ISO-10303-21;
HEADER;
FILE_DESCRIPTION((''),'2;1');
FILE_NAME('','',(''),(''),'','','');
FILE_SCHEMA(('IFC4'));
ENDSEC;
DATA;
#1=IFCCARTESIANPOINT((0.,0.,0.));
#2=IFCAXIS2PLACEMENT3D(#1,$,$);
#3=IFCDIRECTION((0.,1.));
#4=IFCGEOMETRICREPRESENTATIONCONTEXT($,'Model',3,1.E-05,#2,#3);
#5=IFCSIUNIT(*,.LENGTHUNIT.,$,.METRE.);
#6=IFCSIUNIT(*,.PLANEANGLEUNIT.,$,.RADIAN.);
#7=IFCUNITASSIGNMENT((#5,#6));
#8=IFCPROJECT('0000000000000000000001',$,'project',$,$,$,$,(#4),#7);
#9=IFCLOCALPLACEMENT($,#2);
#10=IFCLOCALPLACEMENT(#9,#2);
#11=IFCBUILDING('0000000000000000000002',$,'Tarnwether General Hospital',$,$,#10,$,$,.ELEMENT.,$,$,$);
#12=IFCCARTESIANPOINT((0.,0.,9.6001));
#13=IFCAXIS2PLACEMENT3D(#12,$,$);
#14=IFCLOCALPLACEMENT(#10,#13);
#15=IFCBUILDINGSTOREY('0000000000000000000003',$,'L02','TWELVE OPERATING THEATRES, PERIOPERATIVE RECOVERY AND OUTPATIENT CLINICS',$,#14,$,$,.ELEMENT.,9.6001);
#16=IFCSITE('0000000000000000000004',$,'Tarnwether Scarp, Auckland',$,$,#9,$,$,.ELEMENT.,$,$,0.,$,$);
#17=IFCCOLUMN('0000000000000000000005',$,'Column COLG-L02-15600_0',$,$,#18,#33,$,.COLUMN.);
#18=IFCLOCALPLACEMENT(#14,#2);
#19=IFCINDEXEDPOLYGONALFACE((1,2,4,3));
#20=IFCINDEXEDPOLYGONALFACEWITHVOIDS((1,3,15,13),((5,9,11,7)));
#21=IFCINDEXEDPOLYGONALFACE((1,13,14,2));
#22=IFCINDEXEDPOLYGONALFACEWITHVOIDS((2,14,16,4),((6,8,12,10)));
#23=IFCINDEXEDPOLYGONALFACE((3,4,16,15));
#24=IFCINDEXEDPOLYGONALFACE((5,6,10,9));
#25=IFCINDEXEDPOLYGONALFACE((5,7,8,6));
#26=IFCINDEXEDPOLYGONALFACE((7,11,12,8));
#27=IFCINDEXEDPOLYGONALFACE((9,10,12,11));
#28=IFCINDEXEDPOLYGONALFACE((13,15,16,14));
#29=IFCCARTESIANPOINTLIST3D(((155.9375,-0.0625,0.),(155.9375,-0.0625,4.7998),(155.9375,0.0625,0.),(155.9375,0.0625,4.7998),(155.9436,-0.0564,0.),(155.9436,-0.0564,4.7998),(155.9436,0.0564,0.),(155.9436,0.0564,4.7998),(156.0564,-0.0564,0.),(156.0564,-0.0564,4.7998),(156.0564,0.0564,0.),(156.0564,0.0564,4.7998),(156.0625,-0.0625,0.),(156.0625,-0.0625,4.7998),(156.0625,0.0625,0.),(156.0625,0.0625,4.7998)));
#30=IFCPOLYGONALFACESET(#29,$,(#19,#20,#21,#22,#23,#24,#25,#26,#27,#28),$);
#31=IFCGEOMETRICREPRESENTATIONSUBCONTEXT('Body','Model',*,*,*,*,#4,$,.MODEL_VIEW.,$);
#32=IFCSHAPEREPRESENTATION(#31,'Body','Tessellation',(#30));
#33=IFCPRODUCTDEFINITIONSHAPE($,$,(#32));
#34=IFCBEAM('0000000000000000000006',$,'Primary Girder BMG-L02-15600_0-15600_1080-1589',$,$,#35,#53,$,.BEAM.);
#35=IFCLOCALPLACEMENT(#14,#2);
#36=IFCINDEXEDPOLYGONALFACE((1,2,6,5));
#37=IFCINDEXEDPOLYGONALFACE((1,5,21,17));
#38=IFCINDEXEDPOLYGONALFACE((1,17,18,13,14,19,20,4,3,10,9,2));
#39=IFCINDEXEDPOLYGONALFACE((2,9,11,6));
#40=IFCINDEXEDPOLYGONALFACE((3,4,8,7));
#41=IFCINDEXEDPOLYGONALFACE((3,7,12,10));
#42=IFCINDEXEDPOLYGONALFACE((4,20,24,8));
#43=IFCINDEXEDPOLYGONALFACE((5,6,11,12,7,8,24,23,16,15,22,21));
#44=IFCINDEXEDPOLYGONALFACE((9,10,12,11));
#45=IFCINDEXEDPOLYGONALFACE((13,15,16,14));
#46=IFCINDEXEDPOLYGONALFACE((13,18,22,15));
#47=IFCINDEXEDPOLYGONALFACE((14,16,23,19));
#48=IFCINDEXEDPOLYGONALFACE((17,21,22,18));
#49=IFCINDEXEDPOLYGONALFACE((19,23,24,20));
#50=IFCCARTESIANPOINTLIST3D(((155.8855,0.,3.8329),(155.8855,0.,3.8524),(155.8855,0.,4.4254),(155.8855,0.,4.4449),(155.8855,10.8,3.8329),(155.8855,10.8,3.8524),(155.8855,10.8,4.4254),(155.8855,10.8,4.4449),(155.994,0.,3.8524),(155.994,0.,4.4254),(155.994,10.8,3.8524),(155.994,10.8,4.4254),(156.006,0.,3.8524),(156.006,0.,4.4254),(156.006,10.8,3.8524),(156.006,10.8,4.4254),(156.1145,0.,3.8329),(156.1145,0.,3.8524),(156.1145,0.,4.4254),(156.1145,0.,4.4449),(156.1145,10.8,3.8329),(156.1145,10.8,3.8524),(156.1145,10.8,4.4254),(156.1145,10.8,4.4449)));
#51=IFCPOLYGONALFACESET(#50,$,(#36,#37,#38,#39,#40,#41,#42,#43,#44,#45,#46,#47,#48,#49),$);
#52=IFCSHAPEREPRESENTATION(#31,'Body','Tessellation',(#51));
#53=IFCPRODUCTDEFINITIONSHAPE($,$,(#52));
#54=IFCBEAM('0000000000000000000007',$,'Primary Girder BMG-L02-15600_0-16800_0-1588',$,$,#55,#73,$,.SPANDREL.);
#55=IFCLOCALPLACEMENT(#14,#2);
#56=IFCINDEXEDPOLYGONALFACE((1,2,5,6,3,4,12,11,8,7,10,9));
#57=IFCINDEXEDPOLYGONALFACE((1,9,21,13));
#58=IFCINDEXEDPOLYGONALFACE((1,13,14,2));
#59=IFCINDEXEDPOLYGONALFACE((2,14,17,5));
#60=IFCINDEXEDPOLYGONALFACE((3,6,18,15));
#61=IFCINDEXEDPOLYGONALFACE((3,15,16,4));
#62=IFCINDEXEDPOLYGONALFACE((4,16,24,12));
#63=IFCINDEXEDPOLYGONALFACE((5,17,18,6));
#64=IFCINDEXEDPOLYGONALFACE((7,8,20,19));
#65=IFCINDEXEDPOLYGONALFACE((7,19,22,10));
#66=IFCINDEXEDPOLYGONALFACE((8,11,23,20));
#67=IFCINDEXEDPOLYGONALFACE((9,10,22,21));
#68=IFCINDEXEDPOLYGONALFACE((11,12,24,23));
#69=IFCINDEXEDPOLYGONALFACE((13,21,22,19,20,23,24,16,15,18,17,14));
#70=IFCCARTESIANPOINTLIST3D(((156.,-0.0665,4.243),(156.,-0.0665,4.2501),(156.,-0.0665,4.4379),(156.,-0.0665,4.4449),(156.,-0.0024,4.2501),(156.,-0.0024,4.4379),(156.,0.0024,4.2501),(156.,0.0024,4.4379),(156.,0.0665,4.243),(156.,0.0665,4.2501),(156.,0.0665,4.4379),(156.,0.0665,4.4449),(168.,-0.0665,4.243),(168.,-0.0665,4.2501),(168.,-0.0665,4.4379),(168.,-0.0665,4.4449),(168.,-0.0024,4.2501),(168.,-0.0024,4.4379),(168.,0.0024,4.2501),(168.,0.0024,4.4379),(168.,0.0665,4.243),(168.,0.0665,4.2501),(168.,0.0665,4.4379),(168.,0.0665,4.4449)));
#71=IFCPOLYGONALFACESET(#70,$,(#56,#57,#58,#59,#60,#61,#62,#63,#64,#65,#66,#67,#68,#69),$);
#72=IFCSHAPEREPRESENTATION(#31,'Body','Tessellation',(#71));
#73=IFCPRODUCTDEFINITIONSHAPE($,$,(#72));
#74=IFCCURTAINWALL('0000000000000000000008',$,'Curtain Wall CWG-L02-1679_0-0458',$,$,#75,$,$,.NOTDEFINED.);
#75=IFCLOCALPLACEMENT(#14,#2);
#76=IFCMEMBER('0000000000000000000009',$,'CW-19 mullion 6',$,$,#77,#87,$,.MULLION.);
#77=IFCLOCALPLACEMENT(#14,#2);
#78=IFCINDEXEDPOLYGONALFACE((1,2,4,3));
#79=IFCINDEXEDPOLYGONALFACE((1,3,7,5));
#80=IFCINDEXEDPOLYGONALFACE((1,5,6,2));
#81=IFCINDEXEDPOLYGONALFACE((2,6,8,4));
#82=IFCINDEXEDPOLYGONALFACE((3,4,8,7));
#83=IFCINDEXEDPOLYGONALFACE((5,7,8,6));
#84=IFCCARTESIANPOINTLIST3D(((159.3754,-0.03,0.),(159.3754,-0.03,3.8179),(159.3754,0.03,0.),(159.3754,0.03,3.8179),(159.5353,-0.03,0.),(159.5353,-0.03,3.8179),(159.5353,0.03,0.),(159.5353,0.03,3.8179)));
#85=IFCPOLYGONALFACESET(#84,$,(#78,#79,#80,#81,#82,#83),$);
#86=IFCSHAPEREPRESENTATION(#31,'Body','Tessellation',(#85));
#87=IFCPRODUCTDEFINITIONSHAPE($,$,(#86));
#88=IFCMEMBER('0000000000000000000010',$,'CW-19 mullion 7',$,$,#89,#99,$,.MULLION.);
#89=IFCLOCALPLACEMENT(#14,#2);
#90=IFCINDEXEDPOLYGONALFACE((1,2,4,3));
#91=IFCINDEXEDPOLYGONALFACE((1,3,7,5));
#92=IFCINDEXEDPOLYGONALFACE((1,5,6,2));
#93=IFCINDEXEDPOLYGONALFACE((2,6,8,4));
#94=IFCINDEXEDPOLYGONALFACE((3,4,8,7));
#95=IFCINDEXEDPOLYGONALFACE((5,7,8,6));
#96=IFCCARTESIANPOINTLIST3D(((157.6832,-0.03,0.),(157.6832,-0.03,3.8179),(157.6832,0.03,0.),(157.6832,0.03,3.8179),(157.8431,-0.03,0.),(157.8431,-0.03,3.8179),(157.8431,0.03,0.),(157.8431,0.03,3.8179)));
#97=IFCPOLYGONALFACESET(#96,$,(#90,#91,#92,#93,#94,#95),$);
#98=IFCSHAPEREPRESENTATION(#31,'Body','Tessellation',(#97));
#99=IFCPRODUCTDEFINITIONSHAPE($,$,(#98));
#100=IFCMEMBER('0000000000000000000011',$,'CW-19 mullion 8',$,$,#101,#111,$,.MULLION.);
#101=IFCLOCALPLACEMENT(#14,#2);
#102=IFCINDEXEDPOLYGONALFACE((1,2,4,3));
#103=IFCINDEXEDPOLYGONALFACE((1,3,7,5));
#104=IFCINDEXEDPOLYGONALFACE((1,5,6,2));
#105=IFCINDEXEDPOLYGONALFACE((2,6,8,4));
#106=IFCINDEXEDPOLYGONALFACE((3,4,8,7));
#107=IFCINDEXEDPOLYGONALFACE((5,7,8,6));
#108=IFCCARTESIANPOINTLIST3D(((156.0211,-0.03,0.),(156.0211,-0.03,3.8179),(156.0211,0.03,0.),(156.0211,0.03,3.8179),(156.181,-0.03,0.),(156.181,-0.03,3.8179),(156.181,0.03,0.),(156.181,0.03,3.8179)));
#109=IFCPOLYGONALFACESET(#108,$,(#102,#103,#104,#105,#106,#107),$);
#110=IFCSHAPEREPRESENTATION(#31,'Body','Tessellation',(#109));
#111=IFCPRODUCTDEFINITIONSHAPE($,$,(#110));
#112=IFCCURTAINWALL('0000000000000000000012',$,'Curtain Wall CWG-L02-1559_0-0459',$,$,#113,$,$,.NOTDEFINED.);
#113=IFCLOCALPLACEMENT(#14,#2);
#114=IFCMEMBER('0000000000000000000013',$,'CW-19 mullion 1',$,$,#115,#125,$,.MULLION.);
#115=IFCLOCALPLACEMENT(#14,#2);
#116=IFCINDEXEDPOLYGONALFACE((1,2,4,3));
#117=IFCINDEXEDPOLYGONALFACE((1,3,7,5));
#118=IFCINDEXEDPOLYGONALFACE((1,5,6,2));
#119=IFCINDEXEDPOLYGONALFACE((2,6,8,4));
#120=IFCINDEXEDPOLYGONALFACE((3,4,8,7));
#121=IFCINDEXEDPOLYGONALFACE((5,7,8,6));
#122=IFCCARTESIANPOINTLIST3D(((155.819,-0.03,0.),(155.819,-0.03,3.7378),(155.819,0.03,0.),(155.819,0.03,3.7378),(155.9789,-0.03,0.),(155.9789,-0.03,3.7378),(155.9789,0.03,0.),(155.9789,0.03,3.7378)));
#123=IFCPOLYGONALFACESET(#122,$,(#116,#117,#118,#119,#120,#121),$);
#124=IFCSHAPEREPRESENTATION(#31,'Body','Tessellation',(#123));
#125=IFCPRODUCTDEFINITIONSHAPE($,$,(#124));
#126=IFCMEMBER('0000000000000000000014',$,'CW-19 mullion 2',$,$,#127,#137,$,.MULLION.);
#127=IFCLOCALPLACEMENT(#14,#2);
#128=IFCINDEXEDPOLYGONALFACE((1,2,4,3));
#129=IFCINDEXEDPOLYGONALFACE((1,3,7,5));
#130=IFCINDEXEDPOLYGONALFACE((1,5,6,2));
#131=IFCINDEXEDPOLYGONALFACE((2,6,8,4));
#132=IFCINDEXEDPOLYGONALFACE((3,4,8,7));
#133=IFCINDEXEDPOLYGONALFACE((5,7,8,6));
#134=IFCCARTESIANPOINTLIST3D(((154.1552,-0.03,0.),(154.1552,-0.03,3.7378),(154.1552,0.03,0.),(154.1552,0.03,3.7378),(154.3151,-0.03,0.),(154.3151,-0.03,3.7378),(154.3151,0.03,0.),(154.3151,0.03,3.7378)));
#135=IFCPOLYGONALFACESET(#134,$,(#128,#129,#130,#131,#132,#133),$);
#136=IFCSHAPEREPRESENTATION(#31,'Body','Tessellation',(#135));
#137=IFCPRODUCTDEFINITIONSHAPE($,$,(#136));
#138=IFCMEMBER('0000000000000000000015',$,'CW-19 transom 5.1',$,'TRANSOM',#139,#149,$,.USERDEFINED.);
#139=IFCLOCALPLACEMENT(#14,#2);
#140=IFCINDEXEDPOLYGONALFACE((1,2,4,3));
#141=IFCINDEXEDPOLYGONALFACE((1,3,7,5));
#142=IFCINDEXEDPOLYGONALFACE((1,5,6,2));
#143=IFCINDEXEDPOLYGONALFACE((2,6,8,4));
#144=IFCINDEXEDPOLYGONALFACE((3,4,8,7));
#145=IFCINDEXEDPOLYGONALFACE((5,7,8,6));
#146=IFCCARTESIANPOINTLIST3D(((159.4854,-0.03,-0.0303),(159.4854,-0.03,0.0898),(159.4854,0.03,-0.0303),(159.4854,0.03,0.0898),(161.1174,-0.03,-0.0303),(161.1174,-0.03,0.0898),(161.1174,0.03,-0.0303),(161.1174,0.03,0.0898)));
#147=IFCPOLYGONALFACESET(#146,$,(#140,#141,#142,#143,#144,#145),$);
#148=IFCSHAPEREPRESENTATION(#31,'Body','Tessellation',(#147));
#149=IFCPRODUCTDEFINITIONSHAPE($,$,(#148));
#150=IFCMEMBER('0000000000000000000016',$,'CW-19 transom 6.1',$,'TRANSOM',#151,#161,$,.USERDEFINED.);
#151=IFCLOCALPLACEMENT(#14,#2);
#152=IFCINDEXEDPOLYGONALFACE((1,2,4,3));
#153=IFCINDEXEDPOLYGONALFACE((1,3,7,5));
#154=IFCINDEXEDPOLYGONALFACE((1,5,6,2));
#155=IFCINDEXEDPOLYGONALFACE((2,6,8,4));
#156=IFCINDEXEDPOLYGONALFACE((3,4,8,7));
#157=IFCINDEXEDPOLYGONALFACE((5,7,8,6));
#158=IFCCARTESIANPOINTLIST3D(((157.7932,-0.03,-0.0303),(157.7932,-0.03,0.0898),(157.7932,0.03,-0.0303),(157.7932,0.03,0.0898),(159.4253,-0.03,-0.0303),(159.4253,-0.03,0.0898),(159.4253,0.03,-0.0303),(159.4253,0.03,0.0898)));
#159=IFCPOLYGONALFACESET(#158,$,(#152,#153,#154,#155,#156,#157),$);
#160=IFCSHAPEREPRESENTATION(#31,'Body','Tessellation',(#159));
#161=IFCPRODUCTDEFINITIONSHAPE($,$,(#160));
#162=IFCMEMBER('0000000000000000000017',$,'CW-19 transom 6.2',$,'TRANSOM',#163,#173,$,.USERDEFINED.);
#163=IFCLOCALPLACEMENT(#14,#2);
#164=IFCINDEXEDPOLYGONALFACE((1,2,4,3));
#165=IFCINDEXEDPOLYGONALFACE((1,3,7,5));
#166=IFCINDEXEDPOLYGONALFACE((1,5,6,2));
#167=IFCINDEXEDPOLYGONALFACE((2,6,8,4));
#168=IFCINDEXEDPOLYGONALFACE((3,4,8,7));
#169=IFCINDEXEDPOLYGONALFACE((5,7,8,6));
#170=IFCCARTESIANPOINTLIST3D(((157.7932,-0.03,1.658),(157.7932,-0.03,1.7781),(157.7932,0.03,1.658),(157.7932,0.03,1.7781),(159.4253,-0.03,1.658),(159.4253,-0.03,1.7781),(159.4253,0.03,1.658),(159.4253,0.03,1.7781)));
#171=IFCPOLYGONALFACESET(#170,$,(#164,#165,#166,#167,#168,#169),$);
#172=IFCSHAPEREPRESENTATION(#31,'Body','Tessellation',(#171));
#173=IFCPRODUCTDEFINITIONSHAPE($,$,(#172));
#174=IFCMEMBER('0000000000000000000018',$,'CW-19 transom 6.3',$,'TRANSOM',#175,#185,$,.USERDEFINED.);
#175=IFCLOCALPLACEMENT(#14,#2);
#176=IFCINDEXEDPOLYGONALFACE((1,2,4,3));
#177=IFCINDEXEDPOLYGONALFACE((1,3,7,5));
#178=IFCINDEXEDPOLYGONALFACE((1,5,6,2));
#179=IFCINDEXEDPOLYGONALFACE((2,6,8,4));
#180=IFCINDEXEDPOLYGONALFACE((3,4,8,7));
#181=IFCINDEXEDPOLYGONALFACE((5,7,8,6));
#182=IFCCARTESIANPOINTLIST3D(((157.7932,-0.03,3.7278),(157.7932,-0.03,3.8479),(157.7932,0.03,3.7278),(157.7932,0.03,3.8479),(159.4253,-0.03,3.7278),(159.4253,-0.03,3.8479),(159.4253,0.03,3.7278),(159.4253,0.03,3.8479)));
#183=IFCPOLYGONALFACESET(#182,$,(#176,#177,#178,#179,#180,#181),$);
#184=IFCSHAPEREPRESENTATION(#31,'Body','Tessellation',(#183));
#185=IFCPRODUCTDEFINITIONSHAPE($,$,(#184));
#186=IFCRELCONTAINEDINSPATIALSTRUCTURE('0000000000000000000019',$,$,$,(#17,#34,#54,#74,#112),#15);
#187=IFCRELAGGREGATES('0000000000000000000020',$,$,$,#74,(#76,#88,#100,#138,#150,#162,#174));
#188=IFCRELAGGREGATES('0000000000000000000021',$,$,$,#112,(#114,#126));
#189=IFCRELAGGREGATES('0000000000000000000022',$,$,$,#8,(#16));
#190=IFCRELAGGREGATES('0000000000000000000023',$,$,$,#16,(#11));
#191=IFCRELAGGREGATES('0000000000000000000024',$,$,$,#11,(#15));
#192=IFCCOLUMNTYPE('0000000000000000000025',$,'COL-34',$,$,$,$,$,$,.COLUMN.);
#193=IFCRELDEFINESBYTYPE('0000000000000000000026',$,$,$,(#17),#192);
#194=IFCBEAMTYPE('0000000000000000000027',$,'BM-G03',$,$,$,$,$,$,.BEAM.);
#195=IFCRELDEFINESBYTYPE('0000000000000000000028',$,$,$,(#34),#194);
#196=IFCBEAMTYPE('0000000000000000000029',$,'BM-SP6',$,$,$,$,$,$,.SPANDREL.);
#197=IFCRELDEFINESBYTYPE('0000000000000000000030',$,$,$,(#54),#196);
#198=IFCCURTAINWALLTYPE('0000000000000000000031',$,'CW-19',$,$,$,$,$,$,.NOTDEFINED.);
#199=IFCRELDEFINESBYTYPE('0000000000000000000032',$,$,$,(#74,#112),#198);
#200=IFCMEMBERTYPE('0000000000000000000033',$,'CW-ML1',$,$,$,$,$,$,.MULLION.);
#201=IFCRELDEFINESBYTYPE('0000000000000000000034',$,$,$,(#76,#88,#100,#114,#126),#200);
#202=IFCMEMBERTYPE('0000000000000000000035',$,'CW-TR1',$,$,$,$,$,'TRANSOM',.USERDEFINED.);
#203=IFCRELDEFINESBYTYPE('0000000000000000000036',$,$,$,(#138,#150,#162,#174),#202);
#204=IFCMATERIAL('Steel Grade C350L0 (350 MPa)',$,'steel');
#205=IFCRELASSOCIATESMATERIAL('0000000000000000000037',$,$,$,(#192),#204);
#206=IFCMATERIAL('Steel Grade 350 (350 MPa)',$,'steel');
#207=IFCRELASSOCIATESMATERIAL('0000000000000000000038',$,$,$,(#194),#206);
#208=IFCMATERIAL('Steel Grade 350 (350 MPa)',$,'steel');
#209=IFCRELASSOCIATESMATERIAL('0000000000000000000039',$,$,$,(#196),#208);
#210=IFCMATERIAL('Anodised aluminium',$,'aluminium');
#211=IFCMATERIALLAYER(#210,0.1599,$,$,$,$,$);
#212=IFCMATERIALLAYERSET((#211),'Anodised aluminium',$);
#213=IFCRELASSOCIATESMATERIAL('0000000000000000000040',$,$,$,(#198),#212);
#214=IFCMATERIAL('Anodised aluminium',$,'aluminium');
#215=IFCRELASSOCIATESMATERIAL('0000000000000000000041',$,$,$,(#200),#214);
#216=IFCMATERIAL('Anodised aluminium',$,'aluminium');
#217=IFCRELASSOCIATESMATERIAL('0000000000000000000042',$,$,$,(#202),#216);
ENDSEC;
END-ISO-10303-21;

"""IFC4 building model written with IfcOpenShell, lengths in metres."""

from ifc_helpers import new_model, si_unit, direction, frame, origin, origin_2d, place, context, subcontext, project, spatial, rectangle, hollow_rectangle, i_section, extrude, material, layer, layer_set, material_profile, profile_set, type_object, element, aggregate, save


model = new_model("IFC4")

# Units and contexts
model_context = context("Model", 3, precision=1e-05, world=origin(), true_north=direction((0.0, 1.0)))
body_context = subcontext(model_context, "Body", "Model", "MODEL_VIEW")
ifc_project = project(units=[si_unit("LENGTHUNIT", "METRE"), si_unit("PLANEANGLEUNIT", "RADIAN")], contexts=[model_context])

# Site, building, storey
site_placement = place(None, origin())
site = spatial("IfcSite", under=ifc_project, at=site_placement, Name="Tarnwether Scarp, Auckland", CompositionType="ELEMENT", RefElevation=0.0)
building_placement = place(site_placement, origin())
building = spatial("IfcBuilding", under=site, at=building_placement, Name="Tarnwether General Hospital", CompositionType="ELEMENT")
storey_placement = place(building_placement, frame((0.0, 0.0, 9.6001)))
storey = spatial("IfcBuildingStorey", under=building, at=storey_placement, Name="L02", Description="TWELVE OPERATING THEATRES, PERIOPERATIVE RECOVERY AND OUTPATIENT CLINICS", CompositionType="ELEMENT", Elevation=9.6001)

# Column
ifc_material_1 = material(Name="Steel Grade C350L0 (350 MPa)", Category="steel")
ifc_material_profile_1 = material_profile(ifc_material_1, hollow_rectangle(XDim=0.125, YDim=0.125, WallThickness=0.0061, at=origin_2d()), Name="SHS125x125x6")
ifc_profile_set_1 = profile_set([ifc_material_profile_1], Name="Steel Grade C350L0 (350 MPa)")
column_type = type_object("IfcColumnType", Name="COL-34", PredefinedType="COLUMN", material=ifc_profile_set_1)
column_placement = place(storey_placement, frame((156.0, 0.0, 0.0), z_axis=(0.0, 0.0, 1.0), x_axis=(0.0, 1.0, 0.0)))
element("IfcColumn", 1, at=column_placement, inside=storey, type_object=column_type, Name="Column COLG-L02-15600_0", PredefinedType="COLUMN", context=body_context, shape_type="SweptSolid", body=[
    extrude(hollow_rectangle(XDim=0.125, YDim=0.125, WallThickness=0.0061, at=origin_2d()), origin(), (0.0, 0.0, 1.0), 4.7998),
])

# Beams
ifc_material_2 = material(Name="Steel Grade 350 (350 MPa)", Category="steel")
ifc_material_profile_2 = material_profile(ifc_material_2, i_section(OverallWidth=0.229, OverallDepth=0.6121, WebThickness=0.012, FlangeThickness=0.0195, at=origin_2d()), Name="610UB125")
ifc_profile_set_2 = profile_set([ifc_material_profile_2], Name="Steel Grade 350 (350 MPa)")
beam_type_1 = type_object("IfcBeamType", Name="BM-G03", PredefinedType="BEAM", material=ifc_profile_set_2)
beam_1_placement = place(storey_placement, frame((156.0, 0.0, 4.1389), z_axis=(0.0, 1.0, 0.0), x_axis=(-1.0, 0.0, 0.0)))
element("IfcBeam", 2, at=beam_1_placement, inside=storey, type_object=beam_type_1, Name="Primary Girder BMG-L02-15600_0-15600_1080-1589", PredefinedType="BEAM", context=body_context, shape_type="SweptSolid", body=[
    extrude(i_section(OverallWidth=0.229, OverallDepth=0.6121, WebThickness=0.012, FlangeThickness=0.0195, at=origin_2d()), origin(), (0.0, 0.0, 1.0), 10.8),
])
ifc_material_3 = material(Name="Steel Grade 350 (350 MPa)", Category="steel")
ifc_material_profile_3 = material_profile(ifc_material_3, i_section(OverallWidth=0.1331, OverallDepth=0.2019, WebThickness=0.0049, FlangeThickness=0.0071, at=origin_2d()), Name="200UB22.3")
ifc_profile_set_3 = profile_set([ifc_material_profile_3], Name="Steel Grade 350 (350 MPa)")
beam_type_2 = type_object("IfcBeamType", Name="BM-SP6", PredefinedType="SPANDREL", material=ifc_profile_set_3)
beam_2_placement = place(storey_placement, frame((156.0, 0.0, 4.344), z_axis=(1.0, 0.0, 0.0), x_axis=(0.0, 1.0, 0.0)))
element("IfcBeam", 3, at=beam_2_placement, inside=storey, type_object=beam_type_2, Name="Primary Girder BMG-L02-15600_0-16800_0-1588", PredefinedType="SPANDREL", context=body_context, shape_type="SweptSolid", body=[
    extrude(i_section(OverallWidth=0.1331, OverallDepth=0.2019, WebThickness=0.0049, FlangeThickness=0.0071, at=origin_2d()), origin(), (0.0, 0.0, 1.0), 12.0),
])

# Curtain walls, members
ifc_material_4 = material(Name="Anodised aluminium", Category="aluminium")
ifc_layer_1 = layer(ifc_material_4, 0.1599)
ifc_layer_set_1 = layer_set([ifc_layer_1], Name="Anodised aluminium")
curtain_wall_type = type_object("IfcCurtainWallType", Name="CW-19", PredefinedType="NOTDEFINED", material=ifc_layer_set_1)
curtain_wall_1_placement = place(storey_placement, origin())
curtain_wall_1 = element("IfcCurtainWall", 4, at=curtain_wall_1_placement, inside=storey, type_object=curtain_wall_type, Name="Curtain Wall CWG-L02-1679_0-0458", PredefinedType="NOTDEFINED")
ifc_material_5 = material(Name="Anodised aluminium", Category="aluminium")
ifc_material_profile_4 = material_profile(ifc_material_5, rectangle(XDim=0.0601, YDim=0.1599, at=origin_2d()), Name="ALU-MUL-60x160")
ifc_profile_set_4 = profile_set([ifc_material_profile_4], Name="Anodised aluminium")
member_type_1 = type_object("IfcMemberType", Name="CW-ML1", PredefinedType="MULLION", material=ifc_profile_set_4)
member_1_placement = place(storey_placement, frame((159.4553, 0.0, 0.0), z_axis=(0.0, 0.0, 1.0), x_axis=(0.0, -1.0, 0.0)))
member_1 = element("IfcMember", 5, at=member_1_placement, type_object=member_type_1, Name="CW-19 mullion 6", PredefinedType="MULLION", context=body_context, shape_type="SweptSolid", body=[
    extrude(rectangle(XDim=0.0601, YDim=0.1599, at=origin_2d()), origin(), (0.0, 0.0, 1.0), 3.8179),
])
member_2_placement = place(storey_placement, frame((157.7632, 0.0, 0.0), z_axis=(0.0, 0.0, 1.0), x_axis=(0.0, -1.0, 0.0)))
member_2 = element("IfcMember", 6, at=member_2_placement, type_object=member_type_1, Name="CW-19 mullion 7", PredefinedType="MULLION", context=body_context, shape_type="SweptSolid", body=[
    extrude(rectangle(XDim=0.0601, YDim=0.1599, at=origin_2d()), origin(), (0.0, 0.0, 1.0), 3.8179),
])
member_3_placement = place(storey_placement, frame((156.1011, 0.0, 0.0), z_axis=(0.0, 0.0, 1.0), x_axis=(0.0, -1.0, 0.0)))
member_3 = element("IfcMember", 7, at=member_3_placement, type_object=member_type_1, Name="CW-19 mullion 8", PredefinedType="MULLION", context=body_context, shape_type="SweptSolid", body=[
    extrude(rectangle(XDim=0.0601, YDim=0.1599, at=origin_2d()), origin(), (0.0, 0.0, 1.0), 3.8179),
])
curtain_wall_2_placement = place(storey_placement, origin())
curtain_wall_2 = element("IfcCurtainWall", 8, at=curtain_wall_2_placement, inside=storey, type_object=curtain_wall_type, Name="Curtain Wall CWG-L02-1559_0-0459", PredefinedType="NOTDEFINED")
member_4_placement = place(storey_placement, frame((155.8989, 0.0, 0.0), z_axis=(0.0, 0.0, 1.0), x_axis=(0.0, -1.0, 0.0)))
member_4 = element("IfcMember", 9, at=member_4_placement, type_object=member_type_1, Name="CW-19 mullion 1", PredefinedType="MULLION", context=body_context, shape_type="SweptSolid", body=[
    extrude(rectangle(XDim=0.0601, YDim=0.1599, at=origin_2d()), origin(), (0.0, 0.0, 1.0), 3.7378),
])
member_5_placement = place(storey_placement, frame((154.2351, 0.0, 0.0), z_axis=(0.0, 0.0, 1.0), x_axis=(0.0, -1.0, 0.0)))
member_5 = element("IfcMember", 10, at=member_5_placement, type_object=member_type_1, Name="CW-19 mullion 2", PredefinedType="MULLION", context=body_context, shape_type="SweptSolid", body=[
    extrude(rectangle(XDim=0.0601, YDim=0.1599, at=origin_2d()), origin(), (0.0, 0.0, 1.0), 3.7378),
])

# Members
ifc_material_6 = material(Name="Anodised aluminium", Category="aluminium")
ifc_material_profile_5 = material_profile(ifc_material_6, rectangle(XDim=0.0601, YDim=0.1201, at=origin_2d()), Name="ALU-TRN-60x120")
ifc_profile_set_5 = profile_set([ifc_material_profile_5], Name="Anodised aluminium")
member_type_2 = type_object("IfcMemberType", Name="CW-TR1", ElementType="TRANSOM", PredefinedType="USERDEFINED", material=ifc_profile_set_5)
member_6_placement = place(storey_placement, frame((161.1174, 0.0, 0.0298), z_axis=(-1.0, 0.0, 0.0), x_axis=(0.0, -1.0, 0.0)))
member_6 = element("IfcMember", 11, at=member_6_placement, type_object=member_type_2, Name="CW-19 transom 5.1", ObjectType="TRANSOM", PredefinedType="USERDEFINED", context=body_context, shape_type="SweptSolid", body=[
    extrude(rectangle(XDim=0.0601, YDim=0.1201, at=origin_2d()), origin(), (0.0, 0.0, 1.0), 1.6321),
])
member_7_placement = place(storey_placement, frame((159.4253, 0.0, 0.0298), z_axis=(-1.0, 0.0, 0.0), x_axis=(0.0, -1.0, 0.0)))
member_7 = element("IfcMember", 12, at=member_7_placement, type_object=member_type_2, Name="CW-19 transom 6.1", ObjectType="TRANSOM", PredefinedType="USERDEFINED", context=body_context, shape_type="SweptSolid", body=[
    extrude(rectangle(XDim=0.0601, YDim=0.1201, at=origin_2d()), origin(), (0.0, 0.0, 1.0), 1.6321),
])
member_8_placement = place(storey_placement, frame((159.4253, 0.0, 1.718), z_axis=(-1.0, 0.0, 0.0), x_axis=(0.0, -1.0, 0.0)))
member_8 = element("IfcMember", 13, at=member_8_placement, type_object=member_type_2, Name="CW-19 transom 6.2", ObjectType="TRANSOM", PredefinedType="USERDEFINED", context=body_context, shape_type="SweptSolid", body=[
    extrude(rectangle(XDim=0.0601, YDim=0.1201, at=origin_2d()), origin(), (0.0, 0.0, 1.0), 1.6321),
])
member_9_placement = place(storey_placement, frame((159.4253, 0.0, 3.7878), z_axis=(-1.0, 0.0, 0.0), x_axis=(0.0, -1.0, 0.0)))
member_9 = element("IfcMember", 14, at=member_9_placement, type_object=member_type_2, Name="CW-19 transom 6.3", ObjectType="TRANSOM", PredefinedType="USERDEFINED", context=body_context, shape_type="SweptSolid", body=[
    extrude(rectangle(XDim=0.0601, YDim=0.1201, at=origin_2d()), origin(), (0.0, 0.0, 1.0), 1.6321),
])

aggregate(curtain_wall_1, [member_1, member_2, member_3, member_6, member_7, member_8, member_9])
aggregate(curtain_wall_2, [member_4, member_5])

save(model, "model.ifc")
